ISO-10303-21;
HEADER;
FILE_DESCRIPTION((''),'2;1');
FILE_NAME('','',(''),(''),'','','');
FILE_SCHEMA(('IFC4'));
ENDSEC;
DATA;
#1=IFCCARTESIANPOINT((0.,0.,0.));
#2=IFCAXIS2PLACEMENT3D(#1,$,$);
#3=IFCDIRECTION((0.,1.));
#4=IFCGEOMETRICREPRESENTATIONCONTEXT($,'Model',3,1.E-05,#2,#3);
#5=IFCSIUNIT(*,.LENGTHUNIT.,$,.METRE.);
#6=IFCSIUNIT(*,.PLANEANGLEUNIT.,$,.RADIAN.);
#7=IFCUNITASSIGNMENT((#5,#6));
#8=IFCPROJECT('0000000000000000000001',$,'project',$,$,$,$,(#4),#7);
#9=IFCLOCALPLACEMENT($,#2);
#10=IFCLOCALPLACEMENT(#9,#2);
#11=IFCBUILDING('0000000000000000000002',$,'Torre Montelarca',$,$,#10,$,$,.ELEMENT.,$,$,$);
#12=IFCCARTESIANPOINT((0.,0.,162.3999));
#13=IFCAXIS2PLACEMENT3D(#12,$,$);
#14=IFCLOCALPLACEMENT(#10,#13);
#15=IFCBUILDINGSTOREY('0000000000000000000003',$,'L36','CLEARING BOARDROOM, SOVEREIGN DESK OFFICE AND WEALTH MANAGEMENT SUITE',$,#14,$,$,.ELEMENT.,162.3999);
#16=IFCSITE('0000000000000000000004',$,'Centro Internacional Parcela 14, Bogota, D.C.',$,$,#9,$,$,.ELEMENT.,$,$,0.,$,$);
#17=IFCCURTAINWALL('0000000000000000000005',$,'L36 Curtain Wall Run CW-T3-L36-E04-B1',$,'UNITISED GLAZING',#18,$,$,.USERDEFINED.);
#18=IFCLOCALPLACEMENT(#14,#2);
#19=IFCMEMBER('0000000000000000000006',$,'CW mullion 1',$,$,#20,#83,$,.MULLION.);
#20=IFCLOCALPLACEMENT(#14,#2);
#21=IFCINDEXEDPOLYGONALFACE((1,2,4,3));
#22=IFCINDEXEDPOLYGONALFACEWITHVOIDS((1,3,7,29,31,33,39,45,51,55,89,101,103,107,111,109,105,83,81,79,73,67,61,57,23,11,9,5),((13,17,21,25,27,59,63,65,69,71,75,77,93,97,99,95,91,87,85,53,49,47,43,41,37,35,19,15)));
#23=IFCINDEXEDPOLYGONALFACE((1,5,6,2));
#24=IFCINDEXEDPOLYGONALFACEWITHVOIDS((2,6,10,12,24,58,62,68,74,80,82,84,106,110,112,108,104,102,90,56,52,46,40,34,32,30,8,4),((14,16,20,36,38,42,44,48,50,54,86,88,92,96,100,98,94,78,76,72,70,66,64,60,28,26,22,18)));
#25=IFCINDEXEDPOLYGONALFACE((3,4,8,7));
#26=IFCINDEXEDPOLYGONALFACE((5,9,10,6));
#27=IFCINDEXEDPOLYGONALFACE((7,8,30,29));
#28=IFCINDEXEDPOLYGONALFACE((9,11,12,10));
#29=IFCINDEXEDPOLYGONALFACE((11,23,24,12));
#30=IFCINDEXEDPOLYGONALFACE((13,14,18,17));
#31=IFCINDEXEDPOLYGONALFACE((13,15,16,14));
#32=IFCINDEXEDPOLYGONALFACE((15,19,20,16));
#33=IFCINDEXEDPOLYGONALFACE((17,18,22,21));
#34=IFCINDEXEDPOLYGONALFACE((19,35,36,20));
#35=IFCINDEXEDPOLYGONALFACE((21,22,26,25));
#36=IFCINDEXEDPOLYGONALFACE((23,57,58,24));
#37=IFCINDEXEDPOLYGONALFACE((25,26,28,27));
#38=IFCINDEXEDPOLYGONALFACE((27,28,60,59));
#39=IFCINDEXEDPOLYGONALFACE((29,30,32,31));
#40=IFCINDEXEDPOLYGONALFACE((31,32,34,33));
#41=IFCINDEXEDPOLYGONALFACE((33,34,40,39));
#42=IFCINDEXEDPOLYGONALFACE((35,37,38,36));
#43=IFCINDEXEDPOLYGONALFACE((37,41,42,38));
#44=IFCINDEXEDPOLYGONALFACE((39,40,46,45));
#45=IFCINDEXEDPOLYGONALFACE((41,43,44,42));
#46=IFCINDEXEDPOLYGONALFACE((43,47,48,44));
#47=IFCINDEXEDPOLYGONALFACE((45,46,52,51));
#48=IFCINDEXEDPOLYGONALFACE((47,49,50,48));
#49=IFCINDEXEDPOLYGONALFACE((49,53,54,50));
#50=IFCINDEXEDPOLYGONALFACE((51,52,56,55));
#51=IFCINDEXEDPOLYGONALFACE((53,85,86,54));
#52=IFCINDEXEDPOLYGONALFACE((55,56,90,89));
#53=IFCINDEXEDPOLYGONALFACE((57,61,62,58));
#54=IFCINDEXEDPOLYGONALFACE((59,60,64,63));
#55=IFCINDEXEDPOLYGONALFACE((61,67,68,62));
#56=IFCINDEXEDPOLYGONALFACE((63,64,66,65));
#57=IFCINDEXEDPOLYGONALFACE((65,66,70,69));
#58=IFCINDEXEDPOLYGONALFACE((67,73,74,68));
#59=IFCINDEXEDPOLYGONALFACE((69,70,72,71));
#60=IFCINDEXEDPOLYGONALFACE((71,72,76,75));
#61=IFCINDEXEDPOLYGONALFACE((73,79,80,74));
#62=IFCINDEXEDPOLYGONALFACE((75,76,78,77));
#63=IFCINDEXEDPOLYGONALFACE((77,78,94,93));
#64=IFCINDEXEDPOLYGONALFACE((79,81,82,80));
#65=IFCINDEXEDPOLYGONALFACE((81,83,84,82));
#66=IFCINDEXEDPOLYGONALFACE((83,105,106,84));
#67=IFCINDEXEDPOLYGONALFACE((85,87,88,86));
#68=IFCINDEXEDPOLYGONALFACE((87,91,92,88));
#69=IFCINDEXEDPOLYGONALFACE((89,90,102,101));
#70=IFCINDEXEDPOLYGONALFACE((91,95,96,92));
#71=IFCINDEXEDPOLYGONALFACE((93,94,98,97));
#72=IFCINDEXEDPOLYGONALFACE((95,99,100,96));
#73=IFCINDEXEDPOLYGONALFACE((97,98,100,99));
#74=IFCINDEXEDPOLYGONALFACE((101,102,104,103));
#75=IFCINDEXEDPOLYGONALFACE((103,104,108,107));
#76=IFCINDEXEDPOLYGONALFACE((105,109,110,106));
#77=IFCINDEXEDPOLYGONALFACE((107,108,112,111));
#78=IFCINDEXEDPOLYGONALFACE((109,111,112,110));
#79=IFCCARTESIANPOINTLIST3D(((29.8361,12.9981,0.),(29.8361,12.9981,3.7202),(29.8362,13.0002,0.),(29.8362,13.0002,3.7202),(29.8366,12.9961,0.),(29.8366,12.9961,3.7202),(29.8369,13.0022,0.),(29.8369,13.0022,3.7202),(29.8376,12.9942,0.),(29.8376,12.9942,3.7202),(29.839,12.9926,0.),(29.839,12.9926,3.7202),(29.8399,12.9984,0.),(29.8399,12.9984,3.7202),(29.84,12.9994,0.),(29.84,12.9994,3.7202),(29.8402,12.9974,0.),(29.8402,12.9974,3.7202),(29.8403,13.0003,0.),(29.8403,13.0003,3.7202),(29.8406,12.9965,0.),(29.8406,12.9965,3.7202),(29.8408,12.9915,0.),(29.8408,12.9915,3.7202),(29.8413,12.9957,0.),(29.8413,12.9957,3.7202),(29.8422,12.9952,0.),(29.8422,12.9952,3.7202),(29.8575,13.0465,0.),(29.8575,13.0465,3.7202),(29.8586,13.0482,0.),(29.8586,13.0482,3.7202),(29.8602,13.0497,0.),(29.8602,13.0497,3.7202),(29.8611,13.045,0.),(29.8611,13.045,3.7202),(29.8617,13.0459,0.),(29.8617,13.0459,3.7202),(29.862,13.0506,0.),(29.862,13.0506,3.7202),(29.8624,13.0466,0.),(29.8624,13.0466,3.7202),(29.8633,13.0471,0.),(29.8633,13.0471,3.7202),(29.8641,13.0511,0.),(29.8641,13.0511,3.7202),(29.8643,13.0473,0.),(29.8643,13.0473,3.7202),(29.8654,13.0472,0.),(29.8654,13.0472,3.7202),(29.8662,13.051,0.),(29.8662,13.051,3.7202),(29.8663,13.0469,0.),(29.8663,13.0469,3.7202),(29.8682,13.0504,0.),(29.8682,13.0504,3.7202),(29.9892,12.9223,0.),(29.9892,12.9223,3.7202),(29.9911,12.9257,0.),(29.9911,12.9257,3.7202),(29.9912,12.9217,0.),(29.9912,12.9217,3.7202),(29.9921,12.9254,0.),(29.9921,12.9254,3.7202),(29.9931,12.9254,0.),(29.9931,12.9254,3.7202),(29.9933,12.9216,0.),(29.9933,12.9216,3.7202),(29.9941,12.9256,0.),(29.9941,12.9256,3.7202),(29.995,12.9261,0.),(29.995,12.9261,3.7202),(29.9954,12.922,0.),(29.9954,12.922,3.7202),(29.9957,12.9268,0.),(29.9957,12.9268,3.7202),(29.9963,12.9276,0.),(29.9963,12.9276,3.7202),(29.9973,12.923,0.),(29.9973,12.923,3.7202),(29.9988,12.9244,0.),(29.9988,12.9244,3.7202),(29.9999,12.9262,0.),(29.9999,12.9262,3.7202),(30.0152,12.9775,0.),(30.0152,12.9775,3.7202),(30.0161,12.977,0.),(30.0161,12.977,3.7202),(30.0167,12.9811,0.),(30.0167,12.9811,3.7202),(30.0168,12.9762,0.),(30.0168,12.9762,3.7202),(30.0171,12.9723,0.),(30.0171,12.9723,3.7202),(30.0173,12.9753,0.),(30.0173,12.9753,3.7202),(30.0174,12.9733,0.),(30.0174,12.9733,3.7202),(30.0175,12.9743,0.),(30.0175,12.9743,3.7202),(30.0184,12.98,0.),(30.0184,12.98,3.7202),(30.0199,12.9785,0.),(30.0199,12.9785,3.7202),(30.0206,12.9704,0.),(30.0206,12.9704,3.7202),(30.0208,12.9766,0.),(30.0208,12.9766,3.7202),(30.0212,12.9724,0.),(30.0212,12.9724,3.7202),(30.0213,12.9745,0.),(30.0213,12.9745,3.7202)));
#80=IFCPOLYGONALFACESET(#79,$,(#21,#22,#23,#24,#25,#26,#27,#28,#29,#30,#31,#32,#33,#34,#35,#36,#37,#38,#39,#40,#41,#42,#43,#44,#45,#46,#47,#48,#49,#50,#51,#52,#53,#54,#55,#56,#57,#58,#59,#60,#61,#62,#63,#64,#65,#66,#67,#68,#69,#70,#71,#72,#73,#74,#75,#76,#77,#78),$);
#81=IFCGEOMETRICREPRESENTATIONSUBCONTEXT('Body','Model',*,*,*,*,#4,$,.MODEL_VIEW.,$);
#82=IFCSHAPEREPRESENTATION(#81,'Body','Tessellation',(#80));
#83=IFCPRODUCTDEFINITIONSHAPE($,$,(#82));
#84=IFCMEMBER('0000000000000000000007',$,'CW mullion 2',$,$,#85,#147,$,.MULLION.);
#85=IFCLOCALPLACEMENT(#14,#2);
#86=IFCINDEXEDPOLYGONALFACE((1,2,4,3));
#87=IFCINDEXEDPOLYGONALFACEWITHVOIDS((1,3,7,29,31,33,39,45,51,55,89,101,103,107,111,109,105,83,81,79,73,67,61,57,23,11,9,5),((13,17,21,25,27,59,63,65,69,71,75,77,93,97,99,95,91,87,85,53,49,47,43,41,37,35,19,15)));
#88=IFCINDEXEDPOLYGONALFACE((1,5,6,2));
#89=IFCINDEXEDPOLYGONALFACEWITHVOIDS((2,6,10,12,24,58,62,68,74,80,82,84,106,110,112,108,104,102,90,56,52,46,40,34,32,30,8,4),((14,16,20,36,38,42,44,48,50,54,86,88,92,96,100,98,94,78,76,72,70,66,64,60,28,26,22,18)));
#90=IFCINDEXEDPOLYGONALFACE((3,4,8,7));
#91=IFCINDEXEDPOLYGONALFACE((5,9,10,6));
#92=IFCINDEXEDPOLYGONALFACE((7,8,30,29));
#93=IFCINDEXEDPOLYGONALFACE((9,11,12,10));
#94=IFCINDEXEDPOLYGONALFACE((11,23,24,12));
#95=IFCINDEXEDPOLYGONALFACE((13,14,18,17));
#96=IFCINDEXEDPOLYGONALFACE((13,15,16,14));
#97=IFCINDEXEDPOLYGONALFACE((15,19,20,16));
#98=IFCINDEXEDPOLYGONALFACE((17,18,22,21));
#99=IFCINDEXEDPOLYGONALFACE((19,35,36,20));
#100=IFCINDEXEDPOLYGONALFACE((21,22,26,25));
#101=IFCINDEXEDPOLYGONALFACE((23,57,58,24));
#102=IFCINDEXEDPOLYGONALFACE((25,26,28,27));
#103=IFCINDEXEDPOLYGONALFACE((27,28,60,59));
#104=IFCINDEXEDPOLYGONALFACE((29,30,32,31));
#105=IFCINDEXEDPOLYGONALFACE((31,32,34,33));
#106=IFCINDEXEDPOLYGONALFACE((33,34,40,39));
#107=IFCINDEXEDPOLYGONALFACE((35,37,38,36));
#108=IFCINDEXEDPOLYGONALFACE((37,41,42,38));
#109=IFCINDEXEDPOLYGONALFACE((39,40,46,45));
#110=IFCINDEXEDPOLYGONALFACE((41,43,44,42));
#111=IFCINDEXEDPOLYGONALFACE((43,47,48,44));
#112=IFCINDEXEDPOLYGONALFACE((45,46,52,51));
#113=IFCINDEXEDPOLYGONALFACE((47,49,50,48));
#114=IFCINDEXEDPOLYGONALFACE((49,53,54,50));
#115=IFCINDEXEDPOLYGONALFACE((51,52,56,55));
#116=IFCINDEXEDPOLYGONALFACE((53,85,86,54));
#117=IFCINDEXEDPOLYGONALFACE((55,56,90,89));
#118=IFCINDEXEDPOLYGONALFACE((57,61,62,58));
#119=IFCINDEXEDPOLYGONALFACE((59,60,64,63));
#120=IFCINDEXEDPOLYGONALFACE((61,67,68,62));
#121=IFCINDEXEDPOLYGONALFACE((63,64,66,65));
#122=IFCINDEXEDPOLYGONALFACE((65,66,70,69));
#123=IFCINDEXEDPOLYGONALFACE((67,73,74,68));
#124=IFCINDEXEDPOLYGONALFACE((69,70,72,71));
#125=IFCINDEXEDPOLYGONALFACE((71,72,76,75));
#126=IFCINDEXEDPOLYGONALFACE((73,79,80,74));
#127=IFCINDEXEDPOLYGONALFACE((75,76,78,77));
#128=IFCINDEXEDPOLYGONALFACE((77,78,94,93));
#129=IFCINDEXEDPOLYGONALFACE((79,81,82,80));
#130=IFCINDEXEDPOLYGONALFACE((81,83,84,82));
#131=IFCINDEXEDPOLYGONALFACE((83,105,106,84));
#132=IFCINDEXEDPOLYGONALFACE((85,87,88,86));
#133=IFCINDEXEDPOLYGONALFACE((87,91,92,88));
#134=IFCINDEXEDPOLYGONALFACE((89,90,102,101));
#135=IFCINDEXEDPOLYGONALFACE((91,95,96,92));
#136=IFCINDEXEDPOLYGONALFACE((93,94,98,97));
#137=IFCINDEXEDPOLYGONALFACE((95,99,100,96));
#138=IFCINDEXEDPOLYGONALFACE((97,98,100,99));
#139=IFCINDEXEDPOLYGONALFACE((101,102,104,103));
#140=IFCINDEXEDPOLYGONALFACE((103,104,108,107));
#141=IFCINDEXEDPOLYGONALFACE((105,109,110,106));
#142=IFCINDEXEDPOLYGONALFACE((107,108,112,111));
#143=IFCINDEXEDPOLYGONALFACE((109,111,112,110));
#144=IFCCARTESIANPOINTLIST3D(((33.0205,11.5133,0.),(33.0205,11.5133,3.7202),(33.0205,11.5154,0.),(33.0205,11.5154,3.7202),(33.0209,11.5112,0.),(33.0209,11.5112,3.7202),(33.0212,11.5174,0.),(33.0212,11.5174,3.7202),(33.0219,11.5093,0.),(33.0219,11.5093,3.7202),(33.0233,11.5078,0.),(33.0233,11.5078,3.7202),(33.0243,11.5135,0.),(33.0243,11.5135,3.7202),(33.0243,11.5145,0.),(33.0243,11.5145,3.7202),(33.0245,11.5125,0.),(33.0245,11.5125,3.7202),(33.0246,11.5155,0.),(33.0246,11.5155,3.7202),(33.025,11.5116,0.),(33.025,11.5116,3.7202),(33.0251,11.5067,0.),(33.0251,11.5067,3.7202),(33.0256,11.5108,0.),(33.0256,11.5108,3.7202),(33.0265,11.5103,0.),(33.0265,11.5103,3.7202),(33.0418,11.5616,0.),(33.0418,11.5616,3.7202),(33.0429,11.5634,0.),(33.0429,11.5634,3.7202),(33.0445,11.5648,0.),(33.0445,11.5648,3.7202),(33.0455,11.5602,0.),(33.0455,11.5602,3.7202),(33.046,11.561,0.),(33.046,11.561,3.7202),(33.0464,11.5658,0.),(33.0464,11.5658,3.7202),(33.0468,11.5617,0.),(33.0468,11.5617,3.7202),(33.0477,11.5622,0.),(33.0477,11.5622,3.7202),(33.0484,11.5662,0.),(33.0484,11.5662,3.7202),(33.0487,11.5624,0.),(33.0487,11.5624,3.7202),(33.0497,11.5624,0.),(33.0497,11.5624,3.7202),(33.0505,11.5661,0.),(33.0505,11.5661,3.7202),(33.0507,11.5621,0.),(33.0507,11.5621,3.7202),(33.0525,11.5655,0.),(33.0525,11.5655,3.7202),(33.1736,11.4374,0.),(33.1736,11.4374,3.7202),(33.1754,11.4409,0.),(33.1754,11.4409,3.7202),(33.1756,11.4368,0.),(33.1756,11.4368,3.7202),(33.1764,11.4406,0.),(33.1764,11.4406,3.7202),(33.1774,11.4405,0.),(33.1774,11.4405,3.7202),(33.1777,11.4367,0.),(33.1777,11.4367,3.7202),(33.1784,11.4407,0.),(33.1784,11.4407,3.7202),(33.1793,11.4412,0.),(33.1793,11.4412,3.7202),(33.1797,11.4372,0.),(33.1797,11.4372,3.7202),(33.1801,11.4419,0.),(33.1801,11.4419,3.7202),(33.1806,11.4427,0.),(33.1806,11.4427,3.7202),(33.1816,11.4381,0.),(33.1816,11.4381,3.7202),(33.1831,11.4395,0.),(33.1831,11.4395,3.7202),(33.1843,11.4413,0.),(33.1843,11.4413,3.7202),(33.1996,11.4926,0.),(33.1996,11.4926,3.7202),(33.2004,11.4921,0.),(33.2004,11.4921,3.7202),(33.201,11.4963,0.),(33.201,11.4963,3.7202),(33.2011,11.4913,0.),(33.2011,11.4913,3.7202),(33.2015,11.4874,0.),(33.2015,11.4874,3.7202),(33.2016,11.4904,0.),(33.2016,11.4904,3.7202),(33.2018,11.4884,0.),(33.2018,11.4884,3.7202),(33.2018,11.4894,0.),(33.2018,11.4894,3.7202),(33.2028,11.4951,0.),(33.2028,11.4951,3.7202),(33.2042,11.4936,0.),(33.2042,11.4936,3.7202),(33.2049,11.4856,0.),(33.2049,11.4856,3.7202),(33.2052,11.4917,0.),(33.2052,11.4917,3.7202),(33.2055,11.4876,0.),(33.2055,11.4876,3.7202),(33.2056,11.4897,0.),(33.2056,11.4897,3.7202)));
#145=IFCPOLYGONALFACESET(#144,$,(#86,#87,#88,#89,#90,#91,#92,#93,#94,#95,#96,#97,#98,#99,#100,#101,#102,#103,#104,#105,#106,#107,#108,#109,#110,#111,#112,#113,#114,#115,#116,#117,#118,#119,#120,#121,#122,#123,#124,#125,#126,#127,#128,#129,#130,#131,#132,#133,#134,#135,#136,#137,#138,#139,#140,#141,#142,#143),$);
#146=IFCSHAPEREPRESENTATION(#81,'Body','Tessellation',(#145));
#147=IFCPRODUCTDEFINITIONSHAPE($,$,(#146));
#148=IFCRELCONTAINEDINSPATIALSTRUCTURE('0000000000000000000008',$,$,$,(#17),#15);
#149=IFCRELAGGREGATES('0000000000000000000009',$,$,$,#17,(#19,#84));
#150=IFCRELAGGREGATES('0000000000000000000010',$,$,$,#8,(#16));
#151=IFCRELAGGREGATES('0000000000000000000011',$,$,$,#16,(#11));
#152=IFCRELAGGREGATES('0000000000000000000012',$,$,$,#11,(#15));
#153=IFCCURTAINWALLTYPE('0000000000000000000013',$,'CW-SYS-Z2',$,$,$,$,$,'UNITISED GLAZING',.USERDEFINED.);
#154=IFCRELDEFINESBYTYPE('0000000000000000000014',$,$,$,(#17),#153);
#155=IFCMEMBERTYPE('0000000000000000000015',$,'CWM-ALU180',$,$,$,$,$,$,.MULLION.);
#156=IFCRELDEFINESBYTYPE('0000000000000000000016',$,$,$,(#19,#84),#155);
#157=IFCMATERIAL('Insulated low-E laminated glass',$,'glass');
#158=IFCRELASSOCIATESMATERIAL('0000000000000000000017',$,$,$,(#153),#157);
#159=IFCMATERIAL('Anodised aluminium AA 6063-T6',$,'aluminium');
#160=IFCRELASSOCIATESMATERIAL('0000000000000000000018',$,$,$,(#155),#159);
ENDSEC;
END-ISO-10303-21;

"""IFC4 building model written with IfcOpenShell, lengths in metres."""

from ifc_helpers import new_model, si_unit, direction, frame, origin, origin_2d, place, context, subcontext, project, spatial, hollow_rectangle, extrude, source, transform, mapped, material, material_profile, profile_set, type_object, element, aggregate, save


model = new_model("IFC4")

# Units and contexts
model_context = context("Model", 3, precision=1e-05, world=origin(), true_north=direction((0.0, 1.0)))
body_context = subcontext(model_context, "Body", "Model", "MODEL_VIEW")
ifc_project = project(units=[si_unit("LENGTHUNIT", "METRE"), si_unit("PLANEANGLEUNIT", "RADIAN")], contexts=[model_context])

# Site, building, storey
site_placement = place(None, origin())
site = spatial("IfcSite", under=ifc_project, at=site_placement, Name="Centro Internacional Parcela 14, Bogota, D.C.", CompositionType="ELEMENT", RefElevation=0.0)
building_placement = place(site_placement, origin())
building = spatial("IfcBuilding", under=site, at=building_placement, Name="Torre Montelarca", CompositionType="ELEMENT")
storey_placement = place(building_placement, frame((0.0, 0.0, 162.3999)))
storey = spatial("IfcBuildingStorey", under=building, at=storey_placement, Name="L36", Description="CLEARING BOARDROOM, SOVEREIGN DESK OFFICE AND WEALTH MANAGEMENT SUITE", CompositionType="ELEMENT", Elevation=162.3999)

# Shared definitions
ifc_material_1 = material(Name="Insulated low-E laminated glass", Category="glass")
curtain_wall_type = type_object("IfcCurtainWallType", Name="CW-SYS-Z2", ElementType="UNITISED GLAZING", PredefinedType="USERDEFINED", material=ifc_material_1)
ifc_material_2 = material(Name="Anodised aluminium AA 6063-T6", Category="aluminium")

# Shared definitions
ifc_material_profile_1 = material_profile(ifc_material_2, hollow_rectangle(XDim=0.0649, YDim=0.1799, WallThickness=0.0039, InnerFilletRadius=0.0039, OuterFilletRadius=0.0081, at=origin_2d()), Name="ALU65X180X4", Category="aluminium")
ifc_profile_set_1 = profile_set([ifc_material_profile_1], Name="Anodised aluminium AA 6063-T6")
member_type_1 = type_object("IfcMemberType", Name="CWM-ALU180", PredefinedType="MULLION", material=ifc_profile_set_1)
shared_shape_1 = source(origin(), body_context, "Body", "SweptSolid", [
    extrude(hollow_rectangle(XDim=0.0649, YDim=0.1799, WallThickness=0.0039, InnerFilletRadius=0.0039, OuterFilletRadius=0.0081, at=origin_2d()), origin(), (0.0, 0.0, 1.0), 3.7202),
])

# Curtain wall, members
curtain_wall_1_placement = place(storey_placement, origin())
curtain_wall_1 = element("IfcCurtainWall", 1, at=curtain_wall_1_placement, inside=storey, type_object=curtain_wall_type, Name="L36 Curtain Wall Run CW-T3-L36-E04-B1", ObjectType="UNITISED GLAZING", PredefinedType="USERDEFINED")
member_1_placement = place(storey_placement, frame((29.9287, 12.9863, 0.0), z_axis=(0.0, 0.0, 1.0), x_axis=(0.422602, 0.906315, 0.0)))
member_1 = element("IfcMember", 2, at=member_1_placement, type_object=member_type_1, Name="CW mullion 1", PredefinedType="MULLION", context=body_context, shape_type="MappedRepresentation", body=[
    mapped(shared_shape_1, transform((0.0, 0.0, 0.0), scale=1.0)),
])
member_2_placement = place(storey_placement, frame((33.113, 11.5015, 0.0), z_axis=(0.0, 0.0, 1.0), x_axis=(0.422602, 0.906315, 0.0)))
member_2 = element("IfcMember", 3, at=member_2_placement, type_object=member_type_1, Name="CW mullion 2", PredefinedType="MULLION", context=body_context, shape_type="MappedRepresentation", body=[
    mapped(shared_shape_1, transform((0.0, 0.0, 0.0), scale=1.0)),
])

aggregate(curtain_wall_1, [member_1, member_2])

save(model, "model.ifc")
